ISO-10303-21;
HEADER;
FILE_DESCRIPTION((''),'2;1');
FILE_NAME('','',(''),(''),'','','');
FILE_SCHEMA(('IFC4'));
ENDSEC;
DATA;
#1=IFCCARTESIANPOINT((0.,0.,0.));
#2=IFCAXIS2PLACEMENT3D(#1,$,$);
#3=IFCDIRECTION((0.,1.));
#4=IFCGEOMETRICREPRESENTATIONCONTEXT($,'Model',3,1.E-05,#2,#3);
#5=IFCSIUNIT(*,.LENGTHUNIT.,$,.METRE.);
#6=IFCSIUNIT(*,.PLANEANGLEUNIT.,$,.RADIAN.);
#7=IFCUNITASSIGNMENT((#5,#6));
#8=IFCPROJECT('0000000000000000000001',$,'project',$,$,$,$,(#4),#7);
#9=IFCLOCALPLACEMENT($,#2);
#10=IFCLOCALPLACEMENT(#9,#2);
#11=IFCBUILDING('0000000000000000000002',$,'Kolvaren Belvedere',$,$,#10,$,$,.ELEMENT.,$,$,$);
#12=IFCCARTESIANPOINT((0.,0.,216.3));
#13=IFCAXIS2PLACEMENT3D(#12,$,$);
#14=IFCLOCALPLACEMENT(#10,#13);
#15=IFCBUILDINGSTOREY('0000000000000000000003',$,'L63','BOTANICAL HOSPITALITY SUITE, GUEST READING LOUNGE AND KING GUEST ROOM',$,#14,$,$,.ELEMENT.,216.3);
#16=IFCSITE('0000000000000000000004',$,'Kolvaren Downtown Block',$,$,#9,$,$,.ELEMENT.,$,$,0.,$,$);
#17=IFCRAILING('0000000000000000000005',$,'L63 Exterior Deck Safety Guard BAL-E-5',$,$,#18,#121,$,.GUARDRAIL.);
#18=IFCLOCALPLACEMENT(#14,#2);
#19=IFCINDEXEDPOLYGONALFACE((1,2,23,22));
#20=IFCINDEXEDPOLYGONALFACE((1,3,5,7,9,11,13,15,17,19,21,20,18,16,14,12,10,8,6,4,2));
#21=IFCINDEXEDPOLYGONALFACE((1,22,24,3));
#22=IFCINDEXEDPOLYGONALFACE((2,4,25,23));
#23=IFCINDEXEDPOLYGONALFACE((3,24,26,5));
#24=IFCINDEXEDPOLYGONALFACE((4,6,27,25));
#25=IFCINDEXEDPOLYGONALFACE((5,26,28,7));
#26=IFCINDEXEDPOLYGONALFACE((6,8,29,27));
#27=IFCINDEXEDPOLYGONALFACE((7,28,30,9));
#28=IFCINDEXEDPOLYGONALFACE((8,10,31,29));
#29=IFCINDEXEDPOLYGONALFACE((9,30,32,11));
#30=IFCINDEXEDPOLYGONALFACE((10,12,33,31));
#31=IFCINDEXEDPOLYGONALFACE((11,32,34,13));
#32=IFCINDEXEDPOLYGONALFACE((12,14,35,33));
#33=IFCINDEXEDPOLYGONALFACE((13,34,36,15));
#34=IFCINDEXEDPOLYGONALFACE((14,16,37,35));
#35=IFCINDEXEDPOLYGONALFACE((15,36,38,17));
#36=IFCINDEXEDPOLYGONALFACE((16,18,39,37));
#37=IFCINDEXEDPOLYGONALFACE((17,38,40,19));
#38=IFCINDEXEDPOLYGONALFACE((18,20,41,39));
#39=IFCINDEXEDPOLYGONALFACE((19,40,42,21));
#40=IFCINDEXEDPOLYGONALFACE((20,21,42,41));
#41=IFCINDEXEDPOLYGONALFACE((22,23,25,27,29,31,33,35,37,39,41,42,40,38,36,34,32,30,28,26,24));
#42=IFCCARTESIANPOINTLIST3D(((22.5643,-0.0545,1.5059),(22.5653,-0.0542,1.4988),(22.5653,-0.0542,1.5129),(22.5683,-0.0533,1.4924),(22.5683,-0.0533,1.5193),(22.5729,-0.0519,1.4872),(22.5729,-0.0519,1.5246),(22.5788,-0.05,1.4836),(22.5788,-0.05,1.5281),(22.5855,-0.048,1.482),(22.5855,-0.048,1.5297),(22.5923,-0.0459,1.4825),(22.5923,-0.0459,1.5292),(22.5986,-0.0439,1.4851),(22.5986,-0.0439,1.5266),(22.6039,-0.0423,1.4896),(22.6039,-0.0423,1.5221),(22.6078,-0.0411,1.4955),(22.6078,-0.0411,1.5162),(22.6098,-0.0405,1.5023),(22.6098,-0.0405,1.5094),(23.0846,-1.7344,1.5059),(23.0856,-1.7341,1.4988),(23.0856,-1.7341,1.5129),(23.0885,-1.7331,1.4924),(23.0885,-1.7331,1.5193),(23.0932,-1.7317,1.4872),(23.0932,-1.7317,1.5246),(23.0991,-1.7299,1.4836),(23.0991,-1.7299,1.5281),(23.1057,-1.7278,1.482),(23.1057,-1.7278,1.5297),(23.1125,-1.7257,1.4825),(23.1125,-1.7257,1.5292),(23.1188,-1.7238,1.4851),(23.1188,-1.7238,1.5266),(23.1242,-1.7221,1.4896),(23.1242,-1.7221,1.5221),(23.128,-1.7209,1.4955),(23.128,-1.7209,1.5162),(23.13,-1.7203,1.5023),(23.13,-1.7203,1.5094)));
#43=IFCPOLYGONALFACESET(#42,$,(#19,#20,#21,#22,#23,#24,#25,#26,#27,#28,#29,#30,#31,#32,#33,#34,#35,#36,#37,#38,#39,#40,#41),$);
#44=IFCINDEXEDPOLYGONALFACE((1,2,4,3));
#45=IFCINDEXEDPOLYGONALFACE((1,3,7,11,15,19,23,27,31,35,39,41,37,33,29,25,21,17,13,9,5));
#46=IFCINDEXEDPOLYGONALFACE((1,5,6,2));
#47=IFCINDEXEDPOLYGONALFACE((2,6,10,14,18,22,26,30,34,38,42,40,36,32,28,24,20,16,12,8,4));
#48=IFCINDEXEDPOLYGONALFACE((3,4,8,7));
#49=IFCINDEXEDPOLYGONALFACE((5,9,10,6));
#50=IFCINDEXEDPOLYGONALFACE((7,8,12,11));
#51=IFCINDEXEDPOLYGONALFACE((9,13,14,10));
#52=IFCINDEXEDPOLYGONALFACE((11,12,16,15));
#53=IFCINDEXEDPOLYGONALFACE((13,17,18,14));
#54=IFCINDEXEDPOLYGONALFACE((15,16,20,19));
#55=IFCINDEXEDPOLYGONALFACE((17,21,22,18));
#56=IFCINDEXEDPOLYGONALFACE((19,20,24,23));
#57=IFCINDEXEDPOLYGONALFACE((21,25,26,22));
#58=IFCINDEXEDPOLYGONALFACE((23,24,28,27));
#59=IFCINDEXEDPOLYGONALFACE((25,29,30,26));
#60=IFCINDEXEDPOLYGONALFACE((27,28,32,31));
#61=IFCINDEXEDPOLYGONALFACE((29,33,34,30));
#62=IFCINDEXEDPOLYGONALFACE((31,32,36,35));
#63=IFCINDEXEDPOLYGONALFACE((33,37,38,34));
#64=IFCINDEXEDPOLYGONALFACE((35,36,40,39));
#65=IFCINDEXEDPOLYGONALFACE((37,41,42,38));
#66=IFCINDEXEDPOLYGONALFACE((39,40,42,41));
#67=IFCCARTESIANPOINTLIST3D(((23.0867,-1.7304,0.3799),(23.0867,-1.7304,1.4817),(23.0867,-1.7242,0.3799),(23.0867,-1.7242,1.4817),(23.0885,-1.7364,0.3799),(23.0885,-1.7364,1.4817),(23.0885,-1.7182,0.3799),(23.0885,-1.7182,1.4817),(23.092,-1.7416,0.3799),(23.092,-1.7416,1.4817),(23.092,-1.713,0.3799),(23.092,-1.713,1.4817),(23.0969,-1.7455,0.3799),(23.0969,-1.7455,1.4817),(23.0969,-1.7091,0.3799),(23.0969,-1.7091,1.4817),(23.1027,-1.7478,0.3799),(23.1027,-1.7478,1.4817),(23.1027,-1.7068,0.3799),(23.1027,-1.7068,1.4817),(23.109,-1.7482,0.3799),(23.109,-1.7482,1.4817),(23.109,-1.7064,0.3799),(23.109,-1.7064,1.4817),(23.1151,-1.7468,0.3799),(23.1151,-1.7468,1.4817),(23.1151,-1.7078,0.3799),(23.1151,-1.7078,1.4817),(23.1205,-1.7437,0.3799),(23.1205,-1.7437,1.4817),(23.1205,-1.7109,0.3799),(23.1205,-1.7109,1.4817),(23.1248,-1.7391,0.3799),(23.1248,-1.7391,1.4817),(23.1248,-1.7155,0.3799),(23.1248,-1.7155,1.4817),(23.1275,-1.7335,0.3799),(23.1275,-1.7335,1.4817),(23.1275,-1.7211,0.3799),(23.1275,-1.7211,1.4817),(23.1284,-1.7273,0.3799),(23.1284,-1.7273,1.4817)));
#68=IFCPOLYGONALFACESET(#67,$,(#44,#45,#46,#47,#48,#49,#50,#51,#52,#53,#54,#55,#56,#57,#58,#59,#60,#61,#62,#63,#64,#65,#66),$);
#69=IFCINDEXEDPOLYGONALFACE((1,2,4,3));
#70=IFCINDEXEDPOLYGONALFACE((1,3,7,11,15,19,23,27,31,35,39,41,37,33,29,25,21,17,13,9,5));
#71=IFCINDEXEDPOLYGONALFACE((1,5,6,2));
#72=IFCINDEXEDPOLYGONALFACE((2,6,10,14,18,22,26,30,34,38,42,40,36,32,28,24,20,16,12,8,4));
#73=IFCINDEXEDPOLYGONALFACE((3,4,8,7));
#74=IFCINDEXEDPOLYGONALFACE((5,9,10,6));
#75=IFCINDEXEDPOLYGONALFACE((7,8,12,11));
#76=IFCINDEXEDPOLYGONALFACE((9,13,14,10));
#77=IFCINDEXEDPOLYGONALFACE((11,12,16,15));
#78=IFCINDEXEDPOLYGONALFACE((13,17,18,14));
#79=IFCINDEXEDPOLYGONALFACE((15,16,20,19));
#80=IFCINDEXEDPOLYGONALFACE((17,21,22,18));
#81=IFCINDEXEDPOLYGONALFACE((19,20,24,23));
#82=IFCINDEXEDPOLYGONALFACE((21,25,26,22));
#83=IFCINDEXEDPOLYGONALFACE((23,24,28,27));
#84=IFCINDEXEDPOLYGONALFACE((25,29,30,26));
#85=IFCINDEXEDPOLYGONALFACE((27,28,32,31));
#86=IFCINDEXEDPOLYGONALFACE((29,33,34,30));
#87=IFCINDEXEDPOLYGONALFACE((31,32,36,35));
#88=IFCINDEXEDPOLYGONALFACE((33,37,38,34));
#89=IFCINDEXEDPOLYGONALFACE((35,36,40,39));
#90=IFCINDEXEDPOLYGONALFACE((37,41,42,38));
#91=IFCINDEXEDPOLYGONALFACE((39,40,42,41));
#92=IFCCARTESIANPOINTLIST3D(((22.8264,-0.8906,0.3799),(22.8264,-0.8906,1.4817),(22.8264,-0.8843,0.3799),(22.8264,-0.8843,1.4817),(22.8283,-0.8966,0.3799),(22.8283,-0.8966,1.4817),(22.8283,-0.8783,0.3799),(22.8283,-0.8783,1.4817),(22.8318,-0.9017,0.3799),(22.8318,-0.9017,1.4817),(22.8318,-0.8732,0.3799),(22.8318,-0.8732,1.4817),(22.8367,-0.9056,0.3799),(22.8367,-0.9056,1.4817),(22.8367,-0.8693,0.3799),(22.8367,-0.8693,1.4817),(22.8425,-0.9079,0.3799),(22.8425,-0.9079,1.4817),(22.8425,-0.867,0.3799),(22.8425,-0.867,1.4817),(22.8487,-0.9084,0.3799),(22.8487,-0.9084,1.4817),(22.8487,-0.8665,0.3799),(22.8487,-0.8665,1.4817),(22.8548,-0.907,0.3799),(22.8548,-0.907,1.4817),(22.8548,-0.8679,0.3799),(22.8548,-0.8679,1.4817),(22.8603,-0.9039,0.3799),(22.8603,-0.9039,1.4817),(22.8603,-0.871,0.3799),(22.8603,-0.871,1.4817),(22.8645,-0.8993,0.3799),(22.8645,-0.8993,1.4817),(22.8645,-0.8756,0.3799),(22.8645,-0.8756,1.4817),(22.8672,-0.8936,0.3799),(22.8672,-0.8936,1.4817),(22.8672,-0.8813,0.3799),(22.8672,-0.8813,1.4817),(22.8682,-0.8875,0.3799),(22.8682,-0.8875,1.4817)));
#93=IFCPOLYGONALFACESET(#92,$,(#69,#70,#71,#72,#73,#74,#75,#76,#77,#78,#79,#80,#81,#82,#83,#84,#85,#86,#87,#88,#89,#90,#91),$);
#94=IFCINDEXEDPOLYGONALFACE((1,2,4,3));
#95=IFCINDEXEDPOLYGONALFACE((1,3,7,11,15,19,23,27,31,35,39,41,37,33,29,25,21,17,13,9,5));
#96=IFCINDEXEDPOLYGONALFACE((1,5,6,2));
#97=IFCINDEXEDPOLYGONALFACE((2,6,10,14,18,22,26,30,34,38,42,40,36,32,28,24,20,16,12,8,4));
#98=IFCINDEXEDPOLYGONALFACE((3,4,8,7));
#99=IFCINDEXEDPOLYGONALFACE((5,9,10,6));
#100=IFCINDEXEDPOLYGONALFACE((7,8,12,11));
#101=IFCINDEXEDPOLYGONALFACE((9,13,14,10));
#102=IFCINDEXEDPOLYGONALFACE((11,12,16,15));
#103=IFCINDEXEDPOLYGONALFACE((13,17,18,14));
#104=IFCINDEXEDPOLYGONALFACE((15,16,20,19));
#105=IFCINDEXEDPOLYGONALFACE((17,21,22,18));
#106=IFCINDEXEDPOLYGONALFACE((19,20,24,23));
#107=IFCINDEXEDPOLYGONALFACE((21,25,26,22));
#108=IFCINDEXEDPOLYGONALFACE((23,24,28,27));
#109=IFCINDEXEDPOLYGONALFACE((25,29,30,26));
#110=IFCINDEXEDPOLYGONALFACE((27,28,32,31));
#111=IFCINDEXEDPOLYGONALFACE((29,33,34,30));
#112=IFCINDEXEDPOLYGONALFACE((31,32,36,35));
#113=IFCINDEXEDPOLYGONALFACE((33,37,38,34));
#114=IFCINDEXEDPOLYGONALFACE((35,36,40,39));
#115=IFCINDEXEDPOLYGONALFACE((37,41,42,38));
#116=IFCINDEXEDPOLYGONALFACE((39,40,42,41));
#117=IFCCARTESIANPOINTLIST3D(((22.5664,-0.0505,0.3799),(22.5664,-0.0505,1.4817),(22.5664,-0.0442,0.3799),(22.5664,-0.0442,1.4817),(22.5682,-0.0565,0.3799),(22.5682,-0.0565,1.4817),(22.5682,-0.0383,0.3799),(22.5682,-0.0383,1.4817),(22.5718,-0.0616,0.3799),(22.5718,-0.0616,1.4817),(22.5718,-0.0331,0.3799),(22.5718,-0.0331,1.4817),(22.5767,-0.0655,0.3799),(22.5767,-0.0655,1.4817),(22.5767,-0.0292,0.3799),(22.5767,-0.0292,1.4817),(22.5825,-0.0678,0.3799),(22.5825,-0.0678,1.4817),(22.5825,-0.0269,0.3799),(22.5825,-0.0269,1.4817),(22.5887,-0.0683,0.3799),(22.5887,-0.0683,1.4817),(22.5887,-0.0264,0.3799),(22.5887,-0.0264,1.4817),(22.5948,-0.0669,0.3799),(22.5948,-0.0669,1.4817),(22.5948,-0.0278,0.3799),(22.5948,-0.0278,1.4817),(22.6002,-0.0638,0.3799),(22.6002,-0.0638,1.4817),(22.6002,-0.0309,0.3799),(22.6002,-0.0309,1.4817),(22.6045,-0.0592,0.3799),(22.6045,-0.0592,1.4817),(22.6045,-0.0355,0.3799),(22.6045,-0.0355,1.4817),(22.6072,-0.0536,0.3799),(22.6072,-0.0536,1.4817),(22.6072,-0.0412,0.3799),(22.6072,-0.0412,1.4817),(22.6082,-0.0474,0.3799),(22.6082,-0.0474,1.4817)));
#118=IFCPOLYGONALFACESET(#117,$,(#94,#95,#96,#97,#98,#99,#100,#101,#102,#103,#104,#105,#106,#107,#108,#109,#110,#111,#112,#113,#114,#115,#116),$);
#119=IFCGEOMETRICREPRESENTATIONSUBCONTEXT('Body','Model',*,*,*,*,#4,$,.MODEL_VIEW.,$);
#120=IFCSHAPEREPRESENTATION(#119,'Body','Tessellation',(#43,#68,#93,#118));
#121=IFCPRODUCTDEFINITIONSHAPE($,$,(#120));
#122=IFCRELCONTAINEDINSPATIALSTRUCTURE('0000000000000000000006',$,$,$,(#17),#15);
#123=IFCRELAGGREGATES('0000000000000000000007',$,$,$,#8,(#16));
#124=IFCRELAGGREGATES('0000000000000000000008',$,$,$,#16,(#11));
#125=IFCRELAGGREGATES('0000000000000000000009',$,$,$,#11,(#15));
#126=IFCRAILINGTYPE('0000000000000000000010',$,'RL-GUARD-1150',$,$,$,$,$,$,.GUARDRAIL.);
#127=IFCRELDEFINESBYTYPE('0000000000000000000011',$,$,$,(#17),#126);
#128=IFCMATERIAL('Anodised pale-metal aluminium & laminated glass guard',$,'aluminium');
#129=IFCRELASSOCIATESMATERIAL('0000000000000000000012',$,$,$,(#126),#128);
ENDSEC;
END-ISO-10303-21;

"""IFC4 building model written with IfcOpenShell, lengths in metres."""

from ifc_helpers import new_model, si_unit, direction, frame, origin, origin_2d, place, context, subcontext, project, spatial, circle, extrude, material, type_object, element, save


model = new_model("IFC4")

# Units and contexts
model_context = context("Model", 3, precision=1e-05, world=origin(), true_north=direction((0.0, 1.0)))
body_context = subcontext(model_context, "Body", "Model", "MODEL_VIEW")
ifc_project = project(units=[si_unit("LENGTHUNIT", "METRE"), si_unit("PLANEANGLEUNIT", "RADIAN")], contexts=[model_context])

# Site, building, storey
site_placement = place(None, origin())
site = spatial("IfcSite", under=ifc_project, at=site_placement, Name="Kolvaren Downtown Block", CompositionType="ELEMENT", RefElevation=0.0)
building_placement = place(site_placement, origin())
building = spatial("IfcBuilding", under=site, at=building_placement, Name="Kolvaren Belvedere", CompositionType="ELEMENT")
storey_placement = place(building_placement, frame((0.0, 0.0, 216.3)))
storey = spatial("IfcBuildingStorey", under=building, at=storey_placement, Name="L63", Description="BOTANICAL HOSPITALITY SUITE, GUEST READING LOUNGE AND KING GUEST ROOM", CompositionType="ELEMENT", Elevation=216.3)

# Railing
ifc_material_1 = material(Name="Anodised pale-metal aluminium & laminated glass guard", Category="aluminium")
railing_type = type_object("IfcRailingType", Name="RL-GUARD-1150", PredefinedType="GUARDRAIL", material=ifc_material_1)
railing_1_placement = place(storey_placement, frame((23.1074, -1.7273, 0.3799)))
element("IfcRailing", 1, at=railing_1_placement, inside=storey, type_object=railing_type, Name="L63 Exterior Deck Safety Guard BAL-E-5", PredefinedType="GUARDRAIL", context=body_context, shape_type="SweptSolid", body=[
    extrude(circle(Radius=0.0239, at=origin_2d()), frame((0.0, 0.0, 1.126), z_axis=(-0.295832, 0.95524, 0.0), x_axis=(-0.95524, -0.295832, 0.0)), (0.0, 0.0, 1.0), 1.7585),
    extrude(circle(Radius=0.021, at=origin_2d()), origin(), (0.0, 0.0, 1.0), 1.1018),
    extrude(circle(Radius=0.021, at=origin_2d()), frame((-0.2603, 0.8398, 0.0)), (0.0, 0.0, 1.0), 1.1018),
    extrude(circle(Radius=0.021, at=origin_2d()), frame((-0.5203, 1.6799, 0.0)), (0.0, 0.0, 1.0), 1.1018),
])

save(model, "model.ifc")
